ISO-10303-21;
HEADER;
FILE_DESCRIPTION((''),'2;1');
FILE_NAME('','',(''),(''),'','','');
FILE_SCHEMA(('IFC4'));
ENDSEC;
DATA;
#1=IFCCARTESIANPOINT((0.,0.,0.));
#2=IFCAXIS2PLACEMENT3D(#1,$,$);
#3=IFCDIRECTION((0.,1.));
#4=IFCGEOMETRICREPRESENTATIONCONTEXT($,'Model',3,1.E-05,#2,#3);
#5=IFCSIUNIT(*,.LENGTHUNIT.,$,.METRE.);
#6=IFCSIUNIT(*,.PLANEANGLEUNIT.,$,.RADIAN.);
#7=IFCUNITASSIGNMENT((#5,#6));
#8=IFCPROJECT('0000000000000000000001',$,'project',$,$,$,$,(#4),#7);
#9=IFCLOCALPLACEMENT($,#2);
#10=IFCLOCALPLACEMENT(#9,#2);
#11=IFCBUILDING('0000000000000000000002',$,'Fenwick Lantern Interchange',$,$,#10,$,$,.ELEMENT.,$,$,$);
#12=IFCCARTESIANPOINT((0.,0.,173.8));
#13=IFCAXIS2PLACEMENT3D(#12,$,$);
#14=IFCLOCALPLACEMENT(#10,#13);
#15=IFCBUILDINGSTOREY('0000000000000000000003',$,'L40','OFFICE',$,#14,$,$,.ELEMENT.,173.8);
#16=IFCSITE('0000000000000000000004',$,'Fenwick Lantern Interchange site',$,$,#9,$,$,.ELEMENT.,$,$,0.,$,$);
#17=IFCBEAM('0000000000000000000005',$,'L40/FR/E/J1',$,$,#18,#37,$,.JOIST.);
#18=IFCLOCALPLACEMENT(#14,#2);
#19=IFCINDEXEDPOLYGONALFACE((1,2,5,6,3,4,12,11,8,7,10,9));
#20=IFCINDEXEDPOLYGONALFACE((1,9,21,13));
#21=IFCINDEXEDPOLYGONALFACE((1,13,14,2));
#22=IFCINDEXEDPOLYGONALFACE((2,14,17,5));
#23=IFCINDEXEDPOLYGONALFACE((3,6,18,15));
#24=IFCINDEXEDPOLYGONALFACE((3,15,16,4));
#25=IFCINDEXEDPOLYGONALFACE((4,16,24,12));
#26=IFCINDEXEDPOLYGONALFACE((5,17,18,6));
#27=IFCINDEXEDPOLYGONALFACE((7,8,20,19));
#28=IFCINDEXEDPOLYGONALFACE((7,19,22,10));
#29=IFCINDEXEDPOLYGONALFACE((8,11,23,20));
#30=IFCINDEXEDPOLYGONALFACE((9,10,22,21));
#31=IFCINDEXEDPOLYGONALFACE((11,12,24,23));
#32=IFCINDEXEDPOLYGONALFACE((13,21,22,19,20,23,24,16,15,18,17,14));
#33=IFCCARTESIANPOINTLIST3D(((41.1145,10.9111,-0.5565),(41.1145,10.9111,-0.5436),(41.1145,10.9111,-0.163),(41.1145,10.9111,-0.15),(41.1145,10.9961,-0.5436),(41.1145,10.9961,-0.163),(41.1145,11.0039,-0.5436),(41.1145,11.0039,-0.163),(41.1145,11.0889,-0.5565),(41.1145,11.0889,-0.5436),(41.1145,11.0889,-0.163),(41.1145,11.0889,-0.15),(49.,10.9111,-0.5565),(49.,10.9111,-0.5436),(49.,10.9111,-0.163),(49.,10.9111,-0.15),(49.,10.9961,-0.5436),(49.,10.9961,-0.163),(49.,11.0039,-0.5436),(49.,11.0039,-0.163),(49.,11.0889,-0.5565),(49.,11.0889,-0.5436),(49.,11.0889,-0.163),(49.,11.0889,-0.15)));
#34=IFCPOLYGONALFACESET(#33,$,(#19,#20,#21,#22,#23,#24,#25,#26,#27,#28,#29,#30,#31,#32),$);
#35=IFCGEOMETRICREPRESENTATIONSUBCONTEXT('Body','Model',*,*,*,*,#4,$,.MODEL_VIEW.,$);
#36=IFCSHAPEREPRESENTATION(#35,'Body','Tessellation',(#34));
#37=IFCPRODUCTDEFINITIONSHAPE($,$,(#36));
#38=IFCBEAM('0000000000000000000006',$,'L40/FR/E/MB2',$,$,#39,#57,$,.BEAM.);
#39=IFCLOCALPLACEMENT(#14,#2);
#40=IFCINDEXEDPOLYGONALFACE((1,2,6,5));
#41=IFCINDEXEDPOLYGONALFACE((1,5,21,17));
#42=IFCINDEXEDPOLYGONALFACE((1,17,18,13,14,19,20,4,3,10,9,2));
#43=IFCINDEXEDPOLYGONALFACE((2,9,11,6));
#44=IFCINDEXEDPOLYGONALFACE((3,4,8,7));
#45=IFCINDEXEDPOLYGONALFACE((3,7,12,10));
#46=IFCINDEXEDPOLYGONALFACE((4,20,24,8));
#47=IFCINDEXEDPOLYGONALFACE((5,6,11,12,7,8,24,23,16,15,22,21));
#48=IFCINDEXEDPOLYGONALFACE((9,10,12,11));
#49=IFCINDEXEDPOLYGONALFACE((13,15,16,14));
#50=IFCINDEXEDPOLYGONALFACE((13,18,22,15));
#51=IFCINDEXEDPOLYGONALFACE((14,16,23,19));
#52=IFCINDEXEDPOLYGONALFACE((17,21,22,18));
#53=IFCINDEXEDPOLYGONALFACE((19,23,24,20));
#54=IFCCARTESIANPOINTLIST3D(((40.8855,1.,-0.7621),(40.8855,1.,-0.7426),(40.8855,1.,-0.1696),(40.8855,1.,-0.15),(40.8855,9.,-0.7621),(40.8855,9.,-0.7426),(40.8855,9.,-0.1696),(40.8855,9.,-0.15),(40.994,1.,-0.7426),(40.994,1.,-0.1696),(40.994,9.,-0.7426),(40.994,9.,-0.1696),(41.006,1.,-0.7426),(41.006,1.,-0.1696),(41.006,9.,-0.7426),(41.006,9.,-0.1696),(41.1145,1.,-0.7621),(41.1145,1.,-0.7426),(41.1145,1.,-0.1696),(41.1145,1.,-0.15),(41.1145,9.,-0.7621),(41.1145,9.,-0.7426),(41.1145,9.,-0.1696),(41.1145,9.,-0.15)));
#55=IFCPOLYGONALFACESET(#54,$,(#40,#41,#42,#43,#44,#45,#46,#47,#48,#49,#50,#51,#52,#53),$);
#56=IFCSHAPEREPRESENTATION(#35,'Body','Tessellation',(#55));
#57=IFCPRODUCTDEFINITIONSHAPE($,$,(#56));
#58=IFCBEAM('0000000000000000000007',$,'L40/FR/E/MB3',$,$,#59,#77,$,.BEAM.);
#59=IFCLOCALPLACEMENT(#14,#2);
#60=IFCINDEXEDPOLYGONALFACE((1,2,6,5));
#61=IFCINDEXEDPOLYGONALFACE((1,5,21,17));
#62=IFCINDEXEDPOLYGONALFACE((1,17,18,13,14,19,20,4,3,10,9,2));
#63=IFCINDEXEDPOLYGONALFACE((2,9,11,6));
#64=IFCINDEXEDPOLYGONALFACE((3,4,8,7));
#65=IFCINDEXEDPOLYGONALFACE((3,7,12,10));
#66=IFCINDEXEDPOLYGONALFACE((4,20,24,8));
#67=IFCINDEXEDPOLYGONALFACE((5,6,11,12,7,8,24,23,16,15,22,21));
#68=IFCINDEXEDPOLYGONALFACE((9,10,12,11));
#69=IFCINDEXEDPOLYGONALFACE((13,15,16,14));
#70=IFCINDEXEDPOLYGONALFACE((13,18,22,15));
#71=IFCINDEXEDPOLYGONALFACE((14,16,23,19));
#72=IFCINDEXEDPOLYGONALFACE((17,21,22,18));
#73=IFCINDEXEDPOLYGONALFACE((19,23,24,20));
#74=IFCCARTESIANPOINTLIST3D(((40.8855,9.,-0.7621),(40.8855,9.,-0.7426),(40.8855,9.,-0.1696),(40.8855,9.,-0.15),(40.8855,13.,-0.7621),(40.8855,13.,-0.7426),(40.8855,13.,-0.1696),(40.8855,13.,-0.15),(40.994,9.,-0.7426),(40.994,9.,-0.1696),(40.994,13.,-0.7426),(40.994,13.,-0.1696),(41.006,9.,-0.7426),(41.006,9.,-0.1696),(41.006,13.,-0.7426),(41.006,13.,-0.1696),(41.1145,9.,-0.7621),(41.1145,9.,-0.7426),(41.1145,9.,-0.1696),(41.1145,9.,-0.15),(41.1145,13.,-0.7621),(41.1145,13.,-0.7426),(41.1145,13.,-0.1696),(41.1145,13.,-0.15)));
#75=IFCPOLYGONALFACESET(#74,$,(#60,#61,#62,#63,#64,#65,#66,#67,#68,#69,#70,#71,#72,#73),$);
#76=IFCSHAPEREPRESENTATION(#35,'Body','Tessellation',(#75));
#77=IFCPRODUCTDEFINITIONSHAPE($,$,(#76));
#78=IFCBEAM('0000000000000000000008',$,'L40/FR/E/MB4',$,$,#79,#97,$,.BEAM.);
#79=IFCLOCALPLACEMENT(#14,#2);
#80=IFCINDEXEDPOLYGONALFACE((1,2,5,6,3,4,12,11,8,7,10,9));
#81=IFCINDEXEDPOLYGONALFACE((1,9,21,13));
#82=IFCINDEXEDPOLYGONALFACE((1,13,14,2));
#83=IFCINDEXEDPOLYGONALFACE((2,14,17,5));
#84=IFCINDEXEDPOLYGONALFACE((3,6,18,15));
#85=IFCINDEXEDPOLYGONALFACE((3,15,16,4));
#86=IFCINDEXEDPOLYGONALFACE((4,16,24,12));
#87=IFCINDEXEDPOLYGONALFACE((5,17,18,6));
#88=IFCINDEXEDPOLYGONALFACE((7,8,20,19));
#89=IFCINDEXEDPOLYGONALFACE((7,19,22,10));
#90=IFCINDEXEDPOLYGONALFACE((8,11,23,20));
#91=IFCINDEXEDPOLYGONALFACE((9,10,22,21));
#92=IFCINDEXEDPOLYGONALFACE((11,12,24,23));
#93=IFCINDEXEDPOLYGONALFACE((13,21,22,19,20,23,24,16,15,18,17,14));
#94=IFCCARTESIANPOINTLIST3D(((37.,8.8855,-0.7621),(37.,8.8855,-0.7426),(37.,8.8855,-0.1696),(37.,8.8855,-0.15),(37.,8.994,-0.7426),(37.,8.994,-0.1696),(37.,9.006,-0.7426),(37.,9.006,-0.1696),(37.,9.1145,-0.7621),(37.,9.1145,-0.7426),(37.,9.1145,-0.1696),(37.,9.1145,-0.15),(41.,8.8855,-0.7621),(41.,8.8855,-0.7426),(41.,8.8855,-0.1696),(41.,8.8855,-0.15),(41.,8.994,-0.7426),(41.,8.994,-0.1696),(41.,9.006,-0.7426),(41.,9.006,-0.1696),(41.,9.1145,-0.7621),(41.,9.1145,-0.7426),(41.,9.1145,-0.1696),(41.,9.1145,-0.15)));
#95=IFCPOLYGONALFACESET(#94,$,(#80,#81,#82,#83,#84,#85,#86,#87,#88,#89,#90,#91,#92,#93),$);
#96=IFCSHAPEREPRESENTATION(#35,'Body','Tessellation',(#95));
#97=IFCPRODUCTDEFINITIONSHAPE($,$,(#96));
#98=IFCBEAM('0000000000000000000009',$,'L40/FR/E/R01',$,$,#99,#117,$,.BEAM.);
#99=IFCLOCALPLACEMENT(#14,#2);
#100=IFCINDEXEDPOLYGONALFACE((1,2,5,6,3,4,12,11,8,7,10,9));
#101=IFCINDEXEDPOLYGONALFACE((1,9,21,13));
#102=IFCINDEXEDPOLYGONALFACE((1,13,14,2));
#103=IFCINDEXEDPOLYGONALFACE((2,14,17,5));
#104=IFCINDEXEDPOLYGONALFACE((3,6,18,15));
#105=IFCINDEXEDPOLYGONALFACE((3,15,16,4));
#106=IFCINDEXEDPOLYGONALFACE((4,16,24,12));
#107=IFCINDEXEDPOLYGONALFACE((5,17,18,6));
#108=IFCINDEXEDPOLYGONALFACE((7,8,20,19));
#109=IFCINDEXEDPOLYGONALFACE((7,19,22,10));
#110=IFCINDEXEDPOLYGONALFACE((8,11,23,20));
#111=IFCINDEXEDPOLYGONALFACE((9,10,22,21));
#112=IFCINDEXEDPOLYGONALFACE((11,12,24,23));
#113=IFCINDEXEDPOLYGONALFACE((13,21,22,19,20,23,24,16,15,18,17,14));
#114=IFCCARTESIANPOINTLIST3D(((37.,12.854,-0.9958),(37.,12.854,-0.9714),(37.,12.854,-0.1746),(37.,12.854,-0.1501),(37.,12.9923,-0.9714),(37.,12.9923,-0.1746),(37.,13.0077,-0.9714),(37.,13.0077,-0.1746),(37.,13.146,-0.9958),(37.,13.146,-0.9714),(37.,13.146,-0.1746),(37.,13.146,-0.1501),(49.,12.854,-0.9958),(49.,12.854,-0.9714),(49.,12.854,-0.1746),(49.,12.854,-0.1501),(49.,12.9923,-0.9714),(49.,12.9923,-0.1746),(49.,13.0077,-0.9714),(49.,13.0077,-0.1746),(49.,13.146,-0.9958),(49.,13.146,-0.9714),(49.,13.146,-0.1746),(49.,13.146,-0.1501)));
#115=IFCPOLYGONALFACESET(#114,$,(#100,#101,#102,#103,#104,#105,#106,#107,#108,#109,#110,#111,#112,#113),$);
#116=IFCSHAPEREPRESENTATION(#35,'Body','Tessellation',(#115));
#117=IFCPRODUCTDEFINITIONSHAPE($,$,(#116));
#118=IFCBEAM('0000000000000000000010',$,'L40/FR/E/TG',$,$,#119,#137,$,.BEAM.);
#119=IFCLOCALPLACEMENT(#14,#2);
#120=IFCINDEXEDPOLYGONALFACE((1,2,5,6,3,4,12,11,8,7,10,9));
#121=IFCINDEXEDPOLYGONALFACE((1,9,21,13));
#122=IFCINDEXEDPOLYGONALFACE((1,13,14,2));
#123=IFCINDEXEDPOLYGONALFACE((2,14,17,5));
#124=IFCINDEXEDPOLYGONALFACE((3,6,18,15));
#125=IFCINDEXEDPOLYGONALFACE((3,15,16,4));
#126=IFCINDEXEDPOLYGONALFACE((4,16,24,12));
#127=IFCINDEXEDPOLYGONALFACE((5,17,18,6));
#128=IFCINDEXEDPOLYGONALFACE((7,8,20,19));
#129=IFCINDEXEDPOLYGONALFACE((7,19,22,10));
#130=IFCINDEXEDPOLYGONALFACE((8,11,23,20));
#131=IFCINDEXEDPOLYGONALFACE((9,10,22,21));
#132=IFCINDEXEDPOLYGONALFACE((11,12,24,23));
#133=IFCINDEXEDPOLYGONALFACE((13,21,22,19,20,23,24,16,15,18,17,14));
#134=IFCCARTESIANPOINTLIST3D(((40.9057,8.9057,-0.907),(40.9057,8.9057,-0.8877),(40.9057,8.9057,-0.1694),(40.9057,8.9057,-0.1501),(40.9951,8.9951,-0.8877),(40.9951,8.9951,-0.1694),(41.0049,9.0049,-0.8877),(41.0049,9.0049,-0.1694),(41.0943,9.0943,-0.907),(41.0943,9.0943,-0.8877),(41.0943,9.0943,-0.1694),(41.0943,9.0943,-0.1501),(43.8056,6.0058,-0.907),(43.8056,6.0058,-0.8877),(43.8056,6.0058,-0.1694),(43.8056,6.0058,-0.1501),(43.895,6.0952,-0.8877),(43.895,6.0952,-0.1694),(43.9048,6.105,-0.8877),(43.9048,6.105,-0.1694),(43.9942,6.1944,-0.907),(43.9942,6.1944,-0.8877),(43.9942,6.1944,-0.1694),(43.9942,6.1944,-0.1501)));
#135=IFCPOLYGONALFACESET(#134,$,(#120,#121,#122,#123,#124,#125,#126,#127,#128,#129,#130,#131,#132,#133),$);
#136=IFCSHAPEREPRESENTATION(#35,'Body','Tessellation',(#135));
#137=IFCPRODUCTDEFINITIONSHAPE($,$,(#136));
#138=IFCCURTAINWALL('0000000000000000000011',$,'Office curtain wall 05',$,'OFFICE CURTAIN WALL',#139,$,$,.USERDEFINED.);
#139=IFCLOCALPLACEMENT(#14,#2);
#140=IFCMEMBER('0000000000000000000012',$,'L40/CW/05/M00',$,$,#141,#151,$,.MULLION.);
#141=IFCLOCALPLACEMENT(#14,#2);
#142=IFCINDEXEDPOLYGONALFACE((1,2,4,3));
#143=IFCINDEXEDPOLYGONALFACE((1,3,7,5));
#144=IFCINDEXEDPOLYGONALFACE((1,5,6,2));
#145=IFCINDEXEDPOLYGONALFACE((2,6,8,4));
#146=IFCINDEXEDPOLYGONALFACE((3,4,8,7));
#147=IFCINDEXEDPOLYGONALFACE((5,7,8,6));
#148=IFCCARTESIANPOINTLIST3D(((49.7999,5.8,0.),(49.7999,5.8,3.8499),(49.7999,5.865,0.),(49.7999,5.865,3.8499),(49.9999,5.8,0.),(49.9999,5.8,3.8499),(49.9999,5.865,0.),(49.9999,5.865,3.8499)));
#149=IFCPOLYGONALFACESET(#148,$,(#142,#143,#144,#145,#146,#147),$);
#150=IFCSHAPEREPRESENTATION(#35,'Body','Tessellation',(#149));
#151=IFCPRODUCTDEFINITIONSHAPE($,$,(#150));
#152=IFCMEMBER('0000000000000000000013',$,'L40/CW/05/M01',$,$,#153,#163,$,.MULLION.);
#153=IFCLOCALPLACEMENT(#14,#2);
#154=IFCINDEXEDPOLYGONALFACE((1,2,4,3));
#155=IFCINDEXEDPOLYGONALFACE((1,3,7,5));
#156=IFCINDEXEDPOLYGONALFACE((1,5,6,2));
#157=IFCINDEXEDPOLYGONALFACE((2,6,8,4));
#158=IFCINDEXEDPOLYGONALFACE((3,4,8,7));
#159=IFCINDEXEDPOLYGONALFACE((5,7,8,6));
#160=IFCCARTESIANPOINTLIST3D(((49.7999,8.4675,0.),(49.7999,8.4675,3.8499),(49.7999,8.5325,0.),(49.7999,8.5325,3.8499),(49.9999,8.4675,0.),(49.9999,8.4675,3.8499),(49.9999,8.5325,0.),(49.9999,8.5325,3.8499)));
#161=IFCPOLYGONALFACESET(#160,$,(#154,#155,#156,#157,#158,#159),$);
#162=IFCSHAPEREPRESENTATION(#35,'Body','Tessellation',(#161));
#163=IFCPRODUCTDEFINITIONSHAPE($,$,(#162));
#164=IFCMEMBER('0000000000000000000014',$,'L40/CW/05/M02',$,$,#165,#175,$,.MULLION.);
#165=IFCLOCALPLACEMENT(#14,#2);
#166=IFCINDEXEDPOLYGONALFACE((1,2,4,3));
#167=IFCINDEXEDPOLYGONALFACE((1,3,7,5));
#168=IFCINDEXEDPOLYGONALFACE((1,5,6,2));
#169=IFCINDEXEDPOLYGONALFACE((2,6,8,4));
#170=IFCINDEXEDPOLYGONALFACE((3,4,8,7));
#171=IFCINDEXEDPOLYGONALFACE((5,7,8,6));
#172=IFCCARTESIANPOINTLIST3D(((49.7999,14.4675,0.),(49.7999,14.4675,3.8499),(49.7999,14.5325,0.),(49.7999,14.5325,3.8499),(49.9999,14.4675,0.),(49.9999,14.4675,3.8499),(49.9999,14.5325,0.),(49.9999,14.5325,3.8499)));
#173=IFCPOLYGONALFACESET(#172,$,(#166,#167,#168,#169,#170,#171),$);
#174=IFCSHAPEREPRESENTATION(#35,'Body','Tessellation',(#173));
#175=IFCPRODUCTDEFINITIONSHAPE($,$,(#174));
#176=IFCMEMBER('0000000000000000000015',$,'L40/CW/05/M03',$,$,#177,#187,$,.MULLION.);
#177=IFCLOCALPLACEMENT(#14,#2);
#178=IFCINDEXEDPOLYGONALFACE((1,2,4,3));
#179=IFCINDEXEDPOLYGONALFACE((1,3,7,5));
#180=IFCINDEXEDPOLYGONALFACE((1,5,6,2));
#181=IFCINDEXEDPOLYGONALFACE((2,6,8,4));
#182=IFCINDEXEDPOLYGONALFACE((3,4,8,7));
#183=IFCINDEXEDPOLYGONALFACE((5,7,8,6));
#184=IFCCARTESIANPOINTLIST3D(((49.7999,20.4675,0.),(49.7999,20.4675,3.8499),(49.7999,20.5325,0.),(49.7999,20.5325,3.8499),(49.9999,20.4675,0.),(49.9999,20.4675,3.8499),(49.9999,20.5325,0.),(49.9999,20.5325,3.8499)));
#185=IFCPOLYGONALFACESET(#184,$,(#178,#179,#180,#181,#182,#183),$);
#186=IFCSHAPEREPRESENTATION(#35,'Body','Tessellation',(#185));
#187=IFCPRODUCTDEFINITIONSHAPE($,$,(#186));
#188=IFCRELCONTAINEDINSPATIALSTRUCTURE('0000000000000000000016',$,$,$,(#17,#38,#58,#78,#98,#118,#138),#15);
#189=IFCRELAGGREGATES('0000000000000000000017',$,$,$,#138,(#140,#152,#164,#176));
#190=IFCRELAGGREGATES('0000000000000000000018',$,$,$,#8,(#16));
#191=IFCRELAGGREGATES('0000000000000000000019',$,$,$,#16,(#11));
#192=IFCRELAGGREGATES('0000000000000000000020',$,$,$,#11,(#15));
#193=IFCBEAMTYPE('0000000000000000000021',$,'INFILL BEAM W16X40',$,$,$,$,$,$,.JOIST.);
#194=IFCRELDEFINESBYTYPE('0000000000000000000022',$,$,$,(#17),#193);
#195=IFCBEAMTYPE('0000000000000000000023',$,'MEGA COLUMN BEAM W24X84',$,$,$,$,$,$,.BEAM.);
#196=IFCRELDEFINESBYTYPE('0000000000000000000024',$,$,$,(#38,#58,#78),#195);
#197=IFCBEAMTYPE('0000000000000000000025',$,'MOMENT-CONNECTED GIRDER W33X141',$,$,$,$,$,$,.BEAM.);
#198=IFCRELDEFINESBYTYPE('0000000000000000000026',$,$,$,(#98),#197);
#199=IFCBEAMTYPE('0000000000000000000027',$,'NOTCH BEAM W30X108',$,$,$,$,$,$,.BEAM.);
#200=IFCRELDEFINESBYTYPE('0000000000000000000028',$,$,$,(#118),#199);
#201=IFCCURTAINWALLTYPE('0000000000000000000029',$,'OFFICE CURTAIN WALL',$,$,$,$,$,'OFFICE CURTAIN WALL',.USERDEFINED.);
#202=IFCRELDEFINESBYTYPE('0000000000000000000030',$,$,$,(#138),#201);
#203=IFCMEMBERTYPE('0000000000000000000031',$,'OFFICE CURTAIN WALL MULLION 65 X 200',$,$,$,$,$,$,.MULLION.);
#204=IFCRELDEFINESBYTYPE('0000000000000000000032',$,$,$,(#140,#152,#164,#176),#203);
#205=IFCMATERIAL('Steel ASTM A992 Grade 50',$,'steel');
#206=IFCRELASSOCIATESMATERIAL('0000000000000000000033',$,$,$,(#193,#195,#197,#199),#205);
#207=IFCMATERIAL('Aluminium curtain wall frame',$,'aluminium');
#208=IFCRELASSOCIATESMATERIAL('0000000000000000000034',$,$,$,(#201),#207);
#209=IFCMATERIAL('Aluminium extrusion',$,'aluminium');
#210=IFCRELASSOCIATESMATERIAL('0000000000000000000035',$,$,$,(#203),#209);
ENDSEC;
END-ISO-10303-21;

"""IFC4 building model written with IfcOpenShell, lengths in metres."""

from ifc_helpers import new_model, si_unit, direction, frame, origin, origin_2d, place, context, subcontext, project, spatial, rectangle, i_section, extrude, material, material_profile, profile_set, type_object, element, aggregate, save


model = new_model("IFC4")

# Units and contexts
model_context = context("Model", 3, precision=1e-05, world=origin(), true_north=direction((0.0, 1.0)))
body_context = subcontext(model_context, "Body", "Model", "MODEL_VIEW")
ifc_project = project(units=[si_unit("LENGTHUNIT", "METRE"), si_unit("PLANEANGLEUNIT", "RADIAN")], contexts=[model_context])

# Site, building, storey
site_placement = place(None, origin())
site = spatial("IfcSite", under=ifc_project, at=site_placement, Name="Fenwick Lantern Interchange site", CompositionType="ELEMENT", RefElevation=0.0)
building_placement = place(site_placement, origin())
building = spatial("IfcBuilding", under=site, at=building_placement, Name="Fenwick Lantern Interchange", CompositionType="ELEMENT")
storey_placement = place(building_placement, frame((0.0, 0.0, 173.8)))
storey = spatial("IfcBuildingStorey", under=building, at=storey_placement, Name="L40", Description="OFFICE", CompositionType="ELEMENT", Elevation=173.8)

# Shared definitions
ifc_material_1 = material(Name="Steel ASTM A992 Grade 50", Category="steel")

# Beams
ifc_material_profile_1 = material_profile(ifc_material_1, i_section(OverallWidth=0.1777, OverallDepth=0.4065, WebThickness=0.0078, FlangeThickness=0.0129, at=origin_2d()), Name="W16X40")
ifc_profile_set_1 = profile_set([ifc_material_profile_1], Name="Steel ASTM A992 Grade 50")
beam_type_1 = type_object("IfcBeamType", Name="INFILL BEAM W16X40", PredefinedType="JOIST", material=ifc_profile_set_1)
beam_1_placement = place(storey_placement, frame((49.0, 11.0, -0.3533), z_axis=(-1.0, 0.0, 0.0), x_axis=(0.0, -1.0, 0.0)))
element("IfcBeam", 1, at=beam_1_placement, inside=storey, type_object=beam_type_1, Name="L40/FR/E/J1", PredefinedType="JOIST", context=body_context, shape_type="SweptSolid", body=[
    extrude(i_section(OverallWidth=0.1777, OverallDepth=0.4065, WebThickness=0.0078, FlangeThickness=0.0129, at=origin_2d()), origin(), (0.0, 0.0, 1.0), 7.8855),
])
ifc_material_profile_2 = material_profile(ifc_material_1, i_section(OverallWidth=0.229, OverallDepth=0.6121, WebThickness=0.012, FlangeThickness=0.0195, at=origin_2d()), Name="W24X84")
ifc_profile_set_2 = profile_set([ifc_material_profile_2], Name="Steel ASTM A992 Grade 50")
beam_type_2 = type_object("IfcBeamType", Name="MEGA COLUMN BEAM W24X84", PredefinedType="BEAM", material=ifc_profile_set_2)
beam_2_placement = place(storey_placement, frame((41.0, 9.0, -0.4561), z_axis=(0.0, -1.0, 0.0), x_axis=(1.0, 0.0, 0.0)))
element("IfcBeam", 2, at=beam_2_placement, inside=storey, type_object=beam_type_2, Name="L40/FR/E/MB2", PredefinedType="BEAM", context=body_context, shape_type="SweptSolid", body=[
    extrude(i_section(OverallWidth=0.229, OverallDepth=0.6121, WebThickness=0.012, FlangeThickness=0.0195, at=origin_2d()), origin(), (0.0, 0.0, 1.0), 8.0),
])
for number, where, z_axis, x_axis, name in (
    (3, (41.0, 9.0, -0.4561), (0.0, 1.0, 0.0), (-1.0, 0.0, 0.0), "L40/FR/E/MB3"),
    (4, (41.0, 9.0, -0.4561), (-1.0, 0.0, 0.0), (0.0, -1.0, 0.0), "L40/FR/E/MB4"),
):
    element("IfcBeam", number, at=place(storey_placement, frame(where, z_axis=z_axis, x_axis=x_axis)), inside=storey, type_object=beam_type_2, Name=name, PredefinedType="BEAM", context=body_context, shape_type="SweptSolid", body=[
        extrude(i_section(OverallWidth=0.229, OverallDepth=0.6121, WebThickness=0.012, FlangeThickness=0.0195, at=origin_2d()), origin(), (0.0, 0.0, 1.0), 4.0),
    ])
ifc_material_profile_3 = material_profile(ifc_material_1, i_section(OverallWidth=0.292, OverallDepth=0.8457, WebThickness=0.0154, FlangeThickness=0.0244, at=origin_2d()), Name="W33X141")
ifc_profile_set_3 = profile_set([ifc_material_profile_3], Name="Steel ASTM A992 Grade 50")
beam_type_3 = type_object("IfcBeamType", Name="MOMENT-CONNECTED GIRDER W33X141", PredefinedType="BEAM", material=ifc_profile_set_3)
beam_3_placement = place(storey_placement, frame((49.0, 13.0, -0.573), z_axis=(-1.0, 0.0, 0.0), x_axis=(0.0, -1.0, 0.0)))
element("IfcBeam", 5, at=beam_3_placement, inside=storey, type_object=beam_type_3, Name="L40/FR/E/R01", PredefinedType="BEAM", context=body_context, shape_type="SweptSolid", body=[
    extrude(i_section(OverallWidth=0.292, OverallDepth=0.8457, WebThickness=0.0154, FlangeThickness=0.0244, at=origin_2d()), origin(), (0.0, 0.0, 1.0), 12.0),
])
ifc_material_profile_4 = material_profile(ifc_material_1, i_section(OverallWidth=0.2666, OverallDepth=0.7568, WebThickness=0.0139, FlangeThickness=0.0193, at=origin_2d()), Name="W30X108")
ifc_profile_set_4 = profile_set([ifc_material_profile_4], Name="Steel ASTM A992 Grade 50")
beam_type_4 = type_object("IfcBeamType", Name="NOTCH BEAM W30X108", PredefinedType="BEAM", material=ifc_profile_set_4)
beam_4_placement = place(storey_placement, frame((41.0, 9.0, -0.5286), z_axis=(0.707107, -0.707107, 0.0), x_axis=(0.707107, 0.707107, 0.0)))
element("IfcBeam", 6, at=beam_4_placement, inside=storey, type_object=beam_type_4, Name="L40/FR/E/TG", PredefinedType="BEAM", context=body_context, shape_type="SweptSolid", body=[
    extrude(i_section(OverallWidth=0.2666, OverallDepth=0.7568, WebThickness=0.0139, FlangeThickness=0.0193, at=origin_2d()), origin(), (0.0, 0.0, 1.0), 4.1011),
])

# Curtain wall, members
ifc_material_2 = material(Name="Aluminium curtain wall frame", Category="aluminium")
curtain_wall_type = type_object("IfcCurtainWallType", Name="OFFICE CURTAIN WALL", ElementType="OFFICE CURTAIN WALL", PredefinedType="USERDEFINED", material=ifc_material_2)
curtain_wall_placement = place(storey_placement, origin())
curtain_wall = element("IfcCurtainWall", 7, at=curtain_wall_placement, inside=storey, type_object=curtain_wall_type, Name="Office curtain wall 05", ObjectType="OFFICE CURTAIN WALL", PredefinedType="USERDEFINED")
ifc_material_3 = material(Name="Aluminium extrusion", Category="aluminium")
ifc_material_profile_5 = material_profile(ifc_material_3, rectangle(XDim=0.2, YDim=0.0649, at=origin_2d()), Name="OFFICE CURTAIN WALL MULLION 65 X 200")
ifc_profile_set_5 = profile_set([ifc_material_profile_5], Name="Aluminium extrusion")
member_type_1 = type_object("IfcMemberType", Name="OFFICE CURTAIN WALL MULLION 65 X 200", PredefinedType="MULLION", material=ifc_profile_set_5)
member_1_placement = place(storey_placement, frame((49.8999, 5.8325, 0.0), z_axis=(0.0, 0.0, 1.0), x_axis=(-1.0, 0.0, 0.0)))
member_1 = element("IfcMember", 8, at=member_1_placement, type_object=member_type_1, Name="L40/CW/05/M00", PredefinedType="MULLION", context=body_context, shape_type="SweptSolid", body=[
    extrude(rectangle(XDim=0.2, YDim=0.0649, at=origin_2d()), origin(), (0.0, 0.0, 1.0), 3.8499),
])
member_2_placement = place(storey_placement, frame((49.8999, 8.5, 0.0), z_axis=(0.0, 0.0, 1.0), x_axis=(-1.0, 0.0, 0.0)))
member_2 = element("IfcMember", 9, at=member_2_placement, type_object=member_type_1, Name="L40/CW/05/M01", PredefinedType="MULLION", context=body_context, shape_type="SweptSolid", body=[
    extrude(rectangle(XDim=0.2, YDim=0.0649, at=origin_2d()), origin(), (0.0, 0.0, 1.0), 3.8499),
])
member_3_placement = place(storey_placement, frame((49.8999, 14.5, 0.0), z_axis=(0.0, 0.0, 1.0), x_axis=(-1.0, 0.0, 0.0)))
member_3 = element("IfcMember", 10, at=member_3_placement, type_object=member_type_1, Name="L40/CW/05/M02", PredefinedType="MULLION", context=body_context, shape_type="SweptSolid", body=[
    extrude(rectangle(XDim=0.2, YDim=0.0649, at=origin_2d()), origin(), (0.0, 0.0, 1.0), 3.8499),
])
member_4_placement = place(storey_placement, frame((49.8999, 20.5, 0.0), z_axis=(0.0, 0.0, 1.0), x_axis=(-1.0, 0.0, 0.0)))
member_4 = element("IfcMember", 11, at=member_4_placement, type_object=member_type_1, Name="L40/CW/05/M03", PredefinedType="MULLION", context=body_context, shape_type="SweptSolid", body=[
    extrude(rectangle(XDim=0.2, YDim=0.0649, at=origin_2d()), origin(), (0.0, 0.0, 1.0), 3.8499),
])
aggregate(curtain_wall, [member_1, member_2, member_3, member_4])

save(model, "model.ifc")
